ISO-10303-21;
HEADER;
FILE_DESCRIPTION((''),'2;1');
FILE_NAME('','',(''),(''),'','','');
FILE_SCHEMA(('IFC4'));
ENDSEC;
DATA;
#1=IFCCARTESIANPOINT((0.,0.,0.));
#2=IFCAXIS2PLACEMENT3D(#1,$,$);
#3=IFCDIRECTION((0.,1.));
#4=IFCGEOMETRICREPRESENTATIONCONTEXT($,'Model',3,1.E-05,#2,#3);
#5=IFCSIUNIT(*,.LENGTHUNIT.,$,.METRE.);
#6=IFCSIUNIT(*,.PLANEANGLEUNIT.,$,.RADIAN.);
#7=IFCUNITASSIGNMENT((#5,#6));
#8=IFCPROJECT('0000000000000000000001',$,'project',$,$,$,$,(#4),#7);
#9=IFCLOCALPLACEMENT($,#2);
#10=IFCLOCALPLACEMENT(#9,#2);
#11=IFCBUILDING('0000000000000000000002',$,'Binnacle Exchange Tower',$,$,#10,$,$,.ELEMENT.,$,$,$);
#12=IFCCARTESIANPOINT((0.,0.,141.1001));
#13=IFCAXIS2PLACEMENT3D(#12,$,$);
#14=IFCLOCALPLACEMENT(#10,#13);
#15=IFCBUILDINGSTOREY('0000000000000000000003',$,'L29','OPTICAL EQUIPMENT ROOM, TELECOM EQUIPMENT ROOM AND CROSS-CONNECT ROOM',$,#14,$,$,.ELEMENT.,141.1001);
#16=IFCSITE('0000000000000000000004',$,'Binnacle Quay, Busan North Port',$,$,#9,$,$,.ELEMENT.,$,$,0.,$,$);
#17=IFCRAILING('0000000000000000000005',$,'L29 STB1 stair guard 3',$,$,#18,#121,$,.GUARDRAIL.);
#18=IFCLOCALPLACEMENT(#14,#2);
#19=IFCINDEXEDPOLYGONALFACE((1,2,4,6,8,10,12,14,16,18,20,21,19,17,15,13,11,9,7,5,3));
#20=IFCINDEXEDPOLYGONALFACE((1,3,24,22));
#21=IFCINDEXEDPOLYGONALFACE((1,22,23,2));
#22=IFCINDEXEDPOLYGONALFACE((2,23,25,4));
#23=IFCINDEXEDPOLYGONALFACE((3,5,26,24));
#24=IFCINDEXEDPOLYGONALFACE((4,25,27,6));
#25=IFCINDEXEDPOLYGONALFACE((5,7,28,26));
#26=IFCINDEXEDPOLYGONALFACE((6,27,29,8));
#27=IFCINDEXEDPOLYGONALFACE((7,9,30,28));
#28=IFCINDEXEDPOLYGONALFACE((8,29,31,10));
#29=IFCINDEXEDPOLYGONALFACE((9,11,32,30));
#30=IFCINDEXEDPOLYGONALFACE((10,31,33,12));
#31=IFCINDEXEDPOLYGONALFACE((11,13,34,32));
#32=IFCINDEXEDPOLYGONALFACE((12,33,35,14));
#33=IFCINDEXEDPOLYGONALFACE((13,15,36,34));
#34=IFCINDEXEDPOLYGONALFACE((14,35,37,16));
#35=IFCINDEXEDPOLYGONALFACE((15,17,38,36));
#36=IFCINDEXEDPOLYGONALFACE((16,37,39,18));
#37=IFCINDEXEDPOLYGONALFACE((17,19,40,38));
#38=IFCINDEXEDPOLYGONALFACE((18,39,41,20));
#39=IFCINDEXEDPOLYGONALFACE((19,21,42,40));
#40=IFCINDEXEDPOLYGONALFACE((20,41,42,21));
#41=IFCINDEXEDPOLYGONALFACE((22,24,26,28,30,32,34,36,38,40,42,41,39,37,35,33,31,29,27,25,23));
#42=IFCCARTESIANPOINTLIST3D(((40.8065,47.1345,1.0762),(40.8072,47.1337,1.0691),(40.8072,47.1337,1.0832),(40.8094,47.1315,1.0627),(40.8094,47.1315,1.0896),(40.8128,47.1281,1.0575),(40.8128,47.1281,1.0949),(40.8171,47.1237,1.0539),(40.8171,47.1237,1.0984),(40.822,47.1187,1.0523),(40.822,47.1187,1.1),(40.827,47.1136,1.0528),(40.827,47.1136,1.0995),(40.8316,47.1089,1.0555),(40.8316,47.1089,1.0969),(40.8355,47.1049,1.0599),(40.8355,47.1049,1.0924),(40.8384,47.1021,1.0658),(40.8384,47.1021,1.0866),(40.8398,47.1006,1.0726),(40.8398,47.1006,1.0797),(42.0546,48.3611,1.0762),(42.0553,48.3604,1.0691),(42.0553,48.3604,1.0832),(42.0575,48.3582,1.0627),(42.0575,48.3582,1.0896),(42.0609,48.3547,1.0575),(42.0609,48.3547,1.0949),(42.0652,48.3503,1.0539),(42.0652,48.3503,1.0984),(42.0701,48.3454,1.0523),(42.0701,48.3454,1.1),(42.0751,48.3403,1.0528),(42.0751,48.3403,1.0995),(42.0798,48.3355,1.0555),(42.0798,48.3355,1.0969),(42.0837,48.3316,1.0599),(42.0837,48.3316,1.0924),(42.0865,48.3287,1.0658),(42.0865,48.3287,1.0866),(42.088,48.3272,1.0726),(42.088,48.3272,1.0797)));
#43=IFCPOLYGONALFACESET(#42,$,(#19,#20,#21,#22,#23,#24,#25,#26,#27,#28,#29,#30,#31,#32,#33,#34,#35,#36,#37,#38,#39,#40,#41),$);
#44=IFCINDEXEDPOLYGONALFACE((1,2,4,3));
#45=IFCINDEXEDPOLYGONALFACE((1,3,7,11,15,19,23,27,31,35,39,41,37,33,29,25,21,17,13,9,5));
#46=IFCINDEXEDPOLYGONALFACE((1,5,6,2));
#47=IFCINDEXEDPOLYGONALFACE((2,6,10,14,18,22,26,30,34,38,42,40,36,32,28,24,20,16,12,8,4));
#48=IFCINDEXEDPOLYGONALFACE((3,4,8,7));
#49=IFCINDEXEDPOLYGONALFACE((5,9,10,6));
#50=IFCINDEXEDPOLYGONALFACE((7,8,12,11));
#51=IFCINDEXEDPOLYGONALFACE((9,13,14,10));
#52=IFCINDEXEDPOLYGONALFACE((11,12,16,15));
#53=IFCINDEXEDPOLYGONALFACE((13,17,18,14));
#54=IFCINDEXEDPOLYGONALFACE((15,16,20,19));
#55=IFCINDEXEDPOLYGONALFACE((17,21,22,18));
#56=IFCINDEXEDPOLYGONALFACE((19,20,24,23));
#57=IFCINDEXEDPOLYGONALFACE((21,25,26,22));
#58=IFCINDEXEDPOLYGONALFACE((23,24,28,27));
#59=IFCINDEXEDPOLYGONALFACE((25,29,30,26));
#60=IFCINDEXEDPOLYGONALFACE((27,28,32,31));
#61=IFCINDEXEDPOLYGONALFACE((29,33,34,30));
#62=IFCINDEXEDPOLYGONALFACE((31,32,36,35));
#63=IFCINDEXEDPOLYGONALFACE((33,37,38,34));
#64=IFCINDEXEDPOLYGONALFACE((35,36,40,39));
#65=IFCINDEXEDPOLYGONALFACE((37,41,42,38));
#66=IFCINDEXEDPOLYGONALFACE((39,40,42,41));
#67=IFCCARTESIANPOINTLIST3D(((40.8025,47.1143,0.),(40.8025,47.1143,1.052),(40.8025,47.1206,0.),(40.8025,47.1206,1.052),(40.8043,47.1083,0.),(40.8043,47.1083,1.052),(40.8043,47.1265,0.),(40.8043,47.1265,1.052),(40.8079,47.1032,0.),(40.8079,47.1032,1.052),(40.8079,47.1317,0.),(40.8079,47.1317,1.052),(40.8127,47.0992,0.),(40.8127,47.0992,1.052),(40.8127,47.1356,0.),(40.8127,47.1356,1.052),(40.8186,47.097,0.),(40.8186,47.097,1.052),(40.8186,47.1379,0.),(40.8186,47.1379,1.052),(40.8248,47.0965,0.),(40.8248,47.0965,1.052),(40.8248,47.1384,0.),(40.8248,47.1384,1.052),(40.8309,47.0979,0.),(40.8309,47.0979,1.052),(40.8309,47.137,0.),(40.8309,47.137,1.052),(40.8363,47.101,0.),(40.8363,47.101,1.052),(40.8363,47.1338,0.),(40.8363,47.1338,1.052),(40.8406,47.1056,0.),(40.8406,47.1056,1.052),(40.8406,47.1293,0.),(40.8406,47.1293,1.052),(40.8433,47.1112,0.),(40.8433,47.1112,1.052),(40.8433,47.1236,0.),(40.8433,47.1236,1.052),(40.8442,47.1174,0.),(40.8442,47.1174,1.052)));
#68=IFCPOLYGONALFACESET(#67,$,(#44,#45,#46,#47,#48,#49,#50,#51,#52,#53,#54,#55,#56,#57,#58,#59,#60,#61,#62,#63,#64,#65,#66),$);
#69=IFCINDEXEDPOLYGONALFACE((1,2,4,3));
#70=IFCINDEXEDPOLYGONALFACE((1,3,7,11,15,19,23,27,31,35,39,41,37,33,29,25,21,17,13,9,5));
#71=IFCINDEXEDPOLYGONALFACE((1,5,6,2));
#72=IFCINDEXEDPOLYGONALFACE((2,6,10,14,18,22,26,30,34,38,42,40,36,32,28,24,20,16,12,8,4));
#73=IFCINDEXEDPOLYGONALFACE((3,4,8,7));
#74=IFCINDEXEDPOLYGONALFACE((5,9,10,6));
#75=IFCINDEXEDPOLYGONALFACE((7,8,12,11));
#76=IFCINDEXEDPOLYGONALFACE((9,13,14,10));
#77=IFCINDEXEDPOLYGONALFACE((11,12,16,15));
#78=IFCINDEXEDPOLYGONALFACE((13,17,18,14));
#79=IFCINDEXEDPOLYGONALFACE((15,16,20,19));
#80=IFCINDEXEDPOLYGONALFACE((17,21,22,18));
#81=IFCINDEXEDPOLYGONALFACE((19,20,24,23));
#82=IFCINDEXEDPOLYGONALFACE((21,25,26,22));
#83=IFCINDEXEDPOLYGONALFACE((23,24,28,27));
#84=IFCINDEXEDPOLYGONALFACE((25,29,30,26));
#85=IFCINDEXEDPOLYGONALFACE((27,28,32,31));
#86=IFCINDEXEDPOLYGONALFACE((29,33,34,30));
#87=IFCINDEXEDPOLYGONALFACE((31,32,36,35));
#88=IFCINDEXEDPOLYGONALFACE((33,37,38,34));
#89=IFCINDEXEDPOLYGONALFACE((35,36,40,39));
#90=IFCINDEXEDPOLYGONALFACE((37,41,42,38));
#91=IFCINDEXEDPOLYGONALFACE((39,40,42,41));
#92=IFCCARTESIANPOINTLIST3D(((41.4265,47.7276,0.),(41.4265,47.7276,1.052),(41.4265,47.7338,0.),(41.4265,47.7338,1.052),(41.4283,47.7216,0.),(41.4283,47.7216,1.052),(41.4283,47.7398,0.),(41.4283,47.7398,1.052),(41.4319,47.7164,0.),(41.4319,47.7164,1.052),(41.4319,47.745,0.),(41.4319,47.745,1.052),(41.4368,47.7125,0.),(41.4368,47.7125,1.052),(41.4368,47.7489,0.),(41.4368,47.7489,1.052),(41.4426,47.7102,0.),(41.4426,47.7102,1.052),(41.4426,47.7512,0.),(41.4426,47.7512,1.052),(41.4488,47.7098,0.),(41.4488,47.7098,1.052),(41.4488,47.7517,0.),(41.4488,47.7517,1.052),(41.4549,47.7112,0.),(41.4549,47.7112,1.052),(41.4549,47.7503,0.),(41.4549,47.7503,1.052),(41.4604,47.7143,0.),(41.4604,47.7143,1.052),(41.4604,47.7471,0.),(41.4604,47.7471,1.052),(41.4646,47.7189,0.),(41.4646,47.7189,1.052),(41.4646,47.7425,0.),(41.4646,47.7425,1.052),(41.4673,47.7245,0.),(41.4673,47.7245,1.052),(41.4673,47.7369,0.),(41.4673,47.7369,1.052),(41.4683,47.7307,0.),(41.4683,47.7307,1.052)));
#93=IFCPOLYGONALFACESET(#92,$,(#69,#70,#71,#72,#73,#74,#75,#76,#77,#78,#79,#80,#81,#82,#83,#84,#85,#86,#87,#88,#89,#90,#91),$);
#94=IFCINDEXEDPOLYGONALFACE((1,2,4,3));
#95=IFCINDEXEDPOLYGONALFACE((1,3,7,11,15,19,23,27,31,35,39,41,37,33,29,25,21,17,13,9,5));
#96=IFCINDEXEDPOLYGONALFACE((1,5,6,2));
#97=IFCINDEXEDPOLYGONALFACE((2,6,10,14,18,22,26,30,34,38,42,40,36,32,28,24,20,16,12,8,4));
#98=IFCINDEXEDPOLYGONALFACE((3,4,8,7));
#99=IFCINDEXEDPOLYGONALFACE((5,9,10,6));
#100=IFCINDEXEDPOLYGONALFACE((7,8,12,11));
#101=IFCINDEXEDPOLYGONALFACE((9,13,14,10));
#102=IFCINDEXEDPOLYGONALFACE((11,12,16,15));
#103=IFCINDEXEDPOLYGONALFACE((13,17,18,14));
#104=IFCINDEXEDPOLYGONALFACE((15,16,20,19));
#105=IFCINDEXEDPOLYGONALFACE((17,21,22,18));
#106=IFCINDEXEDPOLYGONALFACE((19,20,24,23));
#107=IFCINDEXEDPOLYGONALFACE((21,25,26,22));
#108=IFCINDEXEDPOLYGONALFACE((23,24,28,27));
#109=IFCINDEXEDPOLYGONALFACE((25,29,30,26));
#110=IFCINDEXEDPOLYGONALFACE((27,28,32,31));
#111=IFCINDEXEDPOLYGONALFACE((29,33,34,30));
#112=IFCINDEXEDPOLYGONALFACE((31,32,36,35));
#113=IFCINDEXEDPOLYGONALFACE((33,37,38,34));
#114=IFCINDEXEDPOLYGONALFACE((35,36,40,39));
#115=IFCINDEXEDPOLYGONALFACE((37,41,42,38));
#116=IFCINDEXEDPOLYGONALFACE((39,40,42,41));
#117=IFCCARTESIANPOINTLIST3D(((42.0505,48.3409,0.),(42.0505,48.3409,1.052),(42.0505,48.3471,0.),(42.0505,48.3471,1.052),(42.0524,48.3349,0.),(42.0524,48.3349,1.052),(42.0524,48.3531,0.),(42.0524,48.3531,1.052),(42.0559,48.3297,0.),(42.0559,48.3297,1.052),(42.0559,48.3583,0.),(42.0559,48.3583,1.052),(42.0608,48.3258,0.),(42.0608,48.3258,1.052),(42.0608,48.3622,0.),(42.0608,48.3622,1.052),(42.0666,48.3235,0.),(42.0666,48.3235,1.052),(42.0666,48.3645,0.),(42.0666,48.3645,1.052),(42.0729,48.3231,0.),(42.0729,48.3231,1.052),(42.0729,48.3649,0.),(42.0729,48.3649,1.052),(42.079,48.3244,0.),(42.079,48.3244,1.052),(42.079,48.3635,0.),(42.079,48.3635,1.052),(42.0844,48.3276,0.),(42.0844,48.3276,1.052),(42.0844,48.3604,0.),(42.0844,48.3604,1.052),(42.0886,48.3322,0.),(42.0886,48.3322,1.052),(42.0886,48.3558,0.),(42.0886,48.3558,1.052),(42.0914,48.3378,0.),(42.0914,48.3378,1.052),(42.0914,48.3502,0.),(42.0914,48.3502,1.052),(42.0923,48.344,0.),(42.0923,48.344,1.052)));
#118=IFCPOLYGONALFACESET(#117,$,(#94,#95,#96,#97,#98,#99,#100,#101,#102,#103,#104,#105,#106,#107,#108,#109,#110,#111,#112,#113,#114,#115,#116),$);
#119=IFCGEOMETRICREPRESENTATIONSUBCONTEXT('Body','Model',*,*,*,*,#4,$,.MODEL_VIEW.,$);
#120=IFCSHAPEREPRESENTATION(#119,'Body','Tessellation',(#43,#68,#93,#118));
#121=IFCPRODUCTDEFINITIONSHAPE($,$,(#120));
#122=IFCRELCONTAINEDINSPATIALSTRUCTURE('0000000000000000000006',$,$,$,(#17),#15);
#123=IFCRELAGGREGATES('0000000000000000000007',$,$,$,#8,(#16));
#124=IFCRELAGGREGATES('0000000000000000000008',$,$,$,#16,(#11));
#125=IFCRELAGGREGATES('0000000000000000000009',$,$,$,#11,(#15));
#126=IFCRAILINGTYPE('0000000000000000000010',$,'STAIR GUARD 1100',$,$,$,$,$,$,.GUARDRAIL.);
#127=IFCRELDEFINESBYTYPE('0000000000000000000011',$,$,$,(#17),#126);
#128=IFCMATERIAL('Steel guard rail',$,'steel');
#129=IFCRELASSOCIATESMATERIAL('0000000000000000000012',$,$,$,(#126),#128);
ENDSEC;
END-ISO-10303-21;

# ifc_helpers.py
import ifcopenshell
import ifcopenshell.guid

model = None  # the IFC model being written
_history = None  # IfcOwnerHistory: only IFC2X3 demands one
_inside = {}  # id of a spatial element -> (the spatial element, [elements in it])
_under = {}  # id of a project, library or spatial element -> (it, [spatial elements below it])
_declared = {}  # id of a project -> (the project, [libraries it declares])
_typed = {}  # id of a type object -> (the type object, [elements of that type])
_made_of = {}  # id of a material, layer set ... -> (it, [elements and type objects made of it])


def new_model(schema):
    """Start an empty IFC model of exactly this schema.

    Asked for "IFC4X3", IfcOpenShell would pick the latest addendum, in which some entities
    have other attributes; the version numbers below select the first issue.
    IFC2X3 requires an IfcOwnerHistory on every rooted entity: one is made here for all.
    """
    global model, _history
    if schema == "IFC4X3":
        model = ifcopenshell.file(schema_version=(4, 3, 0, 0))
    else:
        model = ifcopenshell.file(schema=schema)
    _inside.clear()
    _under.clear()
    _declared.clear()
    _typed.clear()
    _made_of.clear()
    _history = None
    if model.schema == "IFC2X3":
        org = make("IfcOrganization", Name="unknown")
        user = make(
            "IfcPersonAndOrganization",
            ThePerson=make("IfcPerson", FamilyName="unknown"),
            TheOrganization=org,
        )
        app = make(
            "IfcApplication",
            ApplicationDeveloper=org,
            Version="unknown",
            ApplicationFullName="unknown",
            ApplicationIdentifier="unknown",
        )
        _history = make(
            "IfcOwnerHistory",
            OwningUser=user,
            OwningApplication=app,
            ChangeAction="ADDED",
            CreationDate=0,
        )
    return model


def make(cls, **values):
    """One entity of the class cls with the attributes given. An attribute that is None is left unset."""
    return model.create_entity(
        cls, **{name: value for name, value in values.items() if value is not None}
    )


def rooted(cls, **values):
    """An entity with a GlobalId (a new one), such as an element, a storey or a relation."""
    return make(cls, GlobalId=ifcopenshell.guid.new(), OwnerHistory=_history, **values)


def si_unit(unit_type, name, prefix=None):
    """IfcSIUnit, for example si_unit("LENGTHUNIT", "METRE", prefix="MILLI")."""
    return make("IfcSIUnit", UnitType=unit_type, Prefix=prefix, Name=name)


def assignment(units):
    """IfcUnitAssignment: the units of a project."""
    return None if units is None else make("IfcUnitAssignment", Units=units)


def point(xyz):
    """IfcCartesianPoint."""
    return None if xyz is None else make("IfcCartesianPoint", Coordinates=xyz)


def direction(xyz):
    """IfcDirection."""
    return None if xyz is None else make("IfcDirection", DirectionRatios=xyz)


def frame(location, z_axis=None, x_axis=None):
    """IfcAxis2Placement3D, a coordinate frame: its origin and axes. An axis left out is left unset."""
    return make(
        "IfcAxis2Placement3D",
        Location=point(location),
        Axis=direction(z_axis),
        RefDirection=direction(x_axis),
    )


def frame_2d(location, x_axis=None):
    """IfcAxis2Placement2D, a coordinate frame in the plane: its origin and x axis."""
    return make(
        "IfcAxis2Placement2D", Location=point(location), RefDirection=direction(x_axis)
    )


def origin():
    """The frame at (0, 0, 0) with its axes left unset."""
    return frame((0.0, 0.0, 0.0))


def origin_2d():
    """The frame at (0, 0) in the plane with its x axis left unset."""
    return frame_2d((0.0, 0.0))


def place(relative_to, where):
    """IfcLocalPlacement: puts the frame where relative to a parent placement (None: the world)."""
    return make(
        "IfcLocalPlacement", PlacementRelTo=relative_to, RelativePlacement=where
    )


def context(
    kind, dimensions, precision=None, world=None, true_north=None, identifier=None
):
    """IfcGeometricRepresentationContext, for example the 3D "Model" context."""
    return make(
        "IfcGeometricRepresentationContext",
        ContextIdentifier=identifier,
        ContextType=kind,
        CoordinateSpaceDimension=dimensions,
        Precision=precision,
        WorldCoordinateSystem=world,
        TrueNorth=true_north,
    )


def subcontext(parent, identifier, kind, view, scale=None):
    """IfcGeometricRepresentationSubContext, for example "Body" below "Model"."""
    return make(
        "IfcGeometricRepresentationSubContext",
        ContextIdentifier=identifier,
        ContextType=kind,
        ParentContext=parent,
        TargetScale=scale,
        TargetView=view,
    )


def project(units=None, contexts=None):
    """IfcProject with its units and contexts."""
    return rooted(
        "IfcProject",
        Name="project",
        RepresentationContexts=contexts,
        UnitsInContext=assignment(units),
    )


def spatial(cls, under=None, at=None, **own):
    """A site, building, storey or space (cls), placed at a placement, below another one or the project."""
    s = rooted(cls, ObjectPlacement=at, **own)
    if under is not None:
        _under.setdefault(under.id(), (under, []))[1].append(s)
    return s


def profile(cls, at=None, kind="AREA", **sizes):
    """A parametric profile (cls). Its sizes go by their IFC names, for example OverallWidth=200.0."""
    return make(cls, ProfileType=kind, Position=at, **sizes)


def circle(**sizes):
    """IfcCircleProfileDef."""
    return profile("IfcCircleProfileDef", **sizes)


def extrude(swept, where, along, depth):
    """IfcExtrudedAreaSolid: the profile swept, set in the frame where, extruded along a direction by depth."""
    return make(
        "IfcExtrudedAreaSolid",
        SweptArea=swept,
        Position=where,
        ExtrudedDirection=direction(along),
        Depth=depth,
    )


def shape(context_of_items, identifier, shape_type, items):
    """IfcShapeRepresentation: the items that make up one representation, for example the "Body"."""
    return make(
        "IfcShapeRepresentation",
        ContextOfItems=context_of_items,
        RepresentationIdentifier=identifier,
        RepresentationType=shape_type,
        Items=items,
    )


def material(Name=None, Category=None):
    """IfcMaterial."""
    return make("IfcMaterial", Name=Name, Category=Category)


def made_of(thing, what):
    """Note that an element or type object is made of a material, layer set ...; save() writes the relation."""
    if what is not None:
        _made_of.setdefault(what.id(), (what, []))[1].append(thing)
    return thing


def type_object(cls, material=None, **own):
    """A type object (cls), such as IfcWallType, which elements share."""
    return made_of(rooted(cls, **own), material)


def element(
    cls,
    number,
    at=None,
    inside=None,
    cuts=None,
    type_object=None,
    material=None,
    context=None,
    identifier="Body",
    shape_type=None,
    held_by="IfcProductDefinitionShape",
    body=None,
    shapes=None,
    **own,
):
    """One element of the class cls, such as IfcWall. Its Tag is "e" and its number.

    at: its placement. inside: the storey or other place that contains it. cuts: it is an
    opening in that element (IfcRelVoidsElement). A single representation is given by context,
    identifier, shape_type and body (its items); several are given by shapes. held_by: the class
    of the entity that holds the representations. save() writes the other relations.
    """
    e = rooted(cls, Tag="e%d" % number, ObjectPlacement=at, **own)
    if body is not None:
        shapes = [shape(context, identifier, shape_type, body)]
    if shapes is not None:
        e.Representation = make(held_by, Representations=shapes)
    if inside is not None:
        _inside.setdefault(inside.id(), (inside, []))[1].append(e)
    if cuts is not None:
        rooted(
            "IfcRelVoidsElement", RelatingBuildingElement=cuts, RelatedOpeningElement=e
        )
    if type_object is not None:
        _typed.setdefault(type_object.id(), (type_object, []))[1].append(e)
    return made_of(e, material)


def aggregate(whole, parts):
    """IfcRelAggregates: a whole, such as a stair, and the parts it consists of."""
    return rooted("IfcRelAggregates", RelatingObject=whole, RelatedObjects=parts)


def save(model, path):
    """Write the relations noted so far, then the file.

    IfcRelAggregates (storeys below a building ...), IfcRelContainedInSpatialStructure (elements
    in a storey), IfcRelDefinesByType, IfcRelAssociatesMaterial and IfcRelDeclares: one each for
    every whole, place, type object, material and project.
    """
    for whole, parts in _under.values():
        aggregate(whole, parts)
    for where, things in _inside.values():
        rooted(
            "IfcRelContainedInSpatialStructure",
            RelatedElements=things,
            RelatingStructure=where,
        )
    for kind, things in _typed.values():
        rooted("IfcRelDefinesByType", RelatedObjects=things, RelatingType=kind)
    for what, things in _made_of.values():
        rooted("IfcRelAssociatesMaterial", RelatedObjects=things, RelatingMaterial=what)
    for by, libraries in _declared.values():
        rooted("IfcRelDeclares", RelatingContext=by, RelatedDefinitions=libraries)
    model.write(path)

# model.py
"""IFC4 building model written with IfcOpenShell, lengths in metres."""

from ifc_helpers import new_model, si_unit, direction, frame, origin, origin_2d, place, context, subcontext, project, spatial, circle, extrude, material, type_object, element, save


model = new_model("IFC4")

# Units and contexts
model_context = context("Model", 3, precision=1e-05, world=origin(), true_north=direction((0.0, 1.0)))
body_context = subcontext(model_context, "Body", "Model", "MODEL_VIEW")
ifc_project = project(units=[si_unit("LENGTHUNIT", "METRE"), si_unit("PLANEANGLEUNIT", "RADIAN")], contexts=[model_context])

# Site, building, storey
site_placement = place(None, origin())
site = spatial("IfcSite", under=ifc_project, at=site_placement, Name="Binnacle Quay, Busan North Port", CompositionType="ELEMENT", RefElevation=0.0)
building_placement = place(site_placement, origin())
building = spatial("IfcBuilding", under=site, at=building_placement, Name="Binnacle Exchange Tower", CompositionType="ELEMENT")
storey_placement = place(building_placement, frame((0.0, 0.0, 141.1001)))
storey = spatial("IfcBuildingStorey", under=building, at=storey_placement, Name="L29", Description="OPTICAL EQUIPMENT ROOM, TELECOM EQUIPMENT ROOM AND CROSS-CONNECT ROOM", CompositionType="ELEMENT", Elevation=141.1001)

# Railing
ifc_material_1 = material(Name="Steel guard rail", Category="steel")
railing_type_1 = type_object("IfcRailingType", Name="STAIR GUARD 1100", PredefinedType="GUARDRAIL", material=ifc_material_1)
railing_1_placement = place(storey_placement, frame((40.8232, 47.1174, 0.0)))
element("IfcRailing", 1, at=railing_1_placement, inside=storey, type_object=railing_type_1, Name="L29 STB1 stair guard 3", PredefinedType="GUARDRAIL", context=body_context, shape_type="SweptSolid", body=[
    extrude(circle(Radius=0.0239, at=origin_2d()), frame((0.0, 0.0, 1.0762), z_axis=(0.713219, 0.700941, 0.0), x_axis=(-0.700941, 0.713219, 0.0)), (0.0, 0.0, 1.0), 1.75),
    extrude(circle(Radius=0.021, at=origin_2d()), origin(), (0.0, 0.0, 1.0), 1.052),
    extrude(circle(Radius=0.021, at=origin_2d()), frame((0.624, 0.6133, 0.0)), (0.0, 0.0, 1.0), 1.052),
    extrude(circle(Radius=0.021, at=origin_2d()), frame((1.248, 1.2266, 0.0)), (0.0, 0.0, 1.0), 1.052),
])

save(model, "model.ifc")
